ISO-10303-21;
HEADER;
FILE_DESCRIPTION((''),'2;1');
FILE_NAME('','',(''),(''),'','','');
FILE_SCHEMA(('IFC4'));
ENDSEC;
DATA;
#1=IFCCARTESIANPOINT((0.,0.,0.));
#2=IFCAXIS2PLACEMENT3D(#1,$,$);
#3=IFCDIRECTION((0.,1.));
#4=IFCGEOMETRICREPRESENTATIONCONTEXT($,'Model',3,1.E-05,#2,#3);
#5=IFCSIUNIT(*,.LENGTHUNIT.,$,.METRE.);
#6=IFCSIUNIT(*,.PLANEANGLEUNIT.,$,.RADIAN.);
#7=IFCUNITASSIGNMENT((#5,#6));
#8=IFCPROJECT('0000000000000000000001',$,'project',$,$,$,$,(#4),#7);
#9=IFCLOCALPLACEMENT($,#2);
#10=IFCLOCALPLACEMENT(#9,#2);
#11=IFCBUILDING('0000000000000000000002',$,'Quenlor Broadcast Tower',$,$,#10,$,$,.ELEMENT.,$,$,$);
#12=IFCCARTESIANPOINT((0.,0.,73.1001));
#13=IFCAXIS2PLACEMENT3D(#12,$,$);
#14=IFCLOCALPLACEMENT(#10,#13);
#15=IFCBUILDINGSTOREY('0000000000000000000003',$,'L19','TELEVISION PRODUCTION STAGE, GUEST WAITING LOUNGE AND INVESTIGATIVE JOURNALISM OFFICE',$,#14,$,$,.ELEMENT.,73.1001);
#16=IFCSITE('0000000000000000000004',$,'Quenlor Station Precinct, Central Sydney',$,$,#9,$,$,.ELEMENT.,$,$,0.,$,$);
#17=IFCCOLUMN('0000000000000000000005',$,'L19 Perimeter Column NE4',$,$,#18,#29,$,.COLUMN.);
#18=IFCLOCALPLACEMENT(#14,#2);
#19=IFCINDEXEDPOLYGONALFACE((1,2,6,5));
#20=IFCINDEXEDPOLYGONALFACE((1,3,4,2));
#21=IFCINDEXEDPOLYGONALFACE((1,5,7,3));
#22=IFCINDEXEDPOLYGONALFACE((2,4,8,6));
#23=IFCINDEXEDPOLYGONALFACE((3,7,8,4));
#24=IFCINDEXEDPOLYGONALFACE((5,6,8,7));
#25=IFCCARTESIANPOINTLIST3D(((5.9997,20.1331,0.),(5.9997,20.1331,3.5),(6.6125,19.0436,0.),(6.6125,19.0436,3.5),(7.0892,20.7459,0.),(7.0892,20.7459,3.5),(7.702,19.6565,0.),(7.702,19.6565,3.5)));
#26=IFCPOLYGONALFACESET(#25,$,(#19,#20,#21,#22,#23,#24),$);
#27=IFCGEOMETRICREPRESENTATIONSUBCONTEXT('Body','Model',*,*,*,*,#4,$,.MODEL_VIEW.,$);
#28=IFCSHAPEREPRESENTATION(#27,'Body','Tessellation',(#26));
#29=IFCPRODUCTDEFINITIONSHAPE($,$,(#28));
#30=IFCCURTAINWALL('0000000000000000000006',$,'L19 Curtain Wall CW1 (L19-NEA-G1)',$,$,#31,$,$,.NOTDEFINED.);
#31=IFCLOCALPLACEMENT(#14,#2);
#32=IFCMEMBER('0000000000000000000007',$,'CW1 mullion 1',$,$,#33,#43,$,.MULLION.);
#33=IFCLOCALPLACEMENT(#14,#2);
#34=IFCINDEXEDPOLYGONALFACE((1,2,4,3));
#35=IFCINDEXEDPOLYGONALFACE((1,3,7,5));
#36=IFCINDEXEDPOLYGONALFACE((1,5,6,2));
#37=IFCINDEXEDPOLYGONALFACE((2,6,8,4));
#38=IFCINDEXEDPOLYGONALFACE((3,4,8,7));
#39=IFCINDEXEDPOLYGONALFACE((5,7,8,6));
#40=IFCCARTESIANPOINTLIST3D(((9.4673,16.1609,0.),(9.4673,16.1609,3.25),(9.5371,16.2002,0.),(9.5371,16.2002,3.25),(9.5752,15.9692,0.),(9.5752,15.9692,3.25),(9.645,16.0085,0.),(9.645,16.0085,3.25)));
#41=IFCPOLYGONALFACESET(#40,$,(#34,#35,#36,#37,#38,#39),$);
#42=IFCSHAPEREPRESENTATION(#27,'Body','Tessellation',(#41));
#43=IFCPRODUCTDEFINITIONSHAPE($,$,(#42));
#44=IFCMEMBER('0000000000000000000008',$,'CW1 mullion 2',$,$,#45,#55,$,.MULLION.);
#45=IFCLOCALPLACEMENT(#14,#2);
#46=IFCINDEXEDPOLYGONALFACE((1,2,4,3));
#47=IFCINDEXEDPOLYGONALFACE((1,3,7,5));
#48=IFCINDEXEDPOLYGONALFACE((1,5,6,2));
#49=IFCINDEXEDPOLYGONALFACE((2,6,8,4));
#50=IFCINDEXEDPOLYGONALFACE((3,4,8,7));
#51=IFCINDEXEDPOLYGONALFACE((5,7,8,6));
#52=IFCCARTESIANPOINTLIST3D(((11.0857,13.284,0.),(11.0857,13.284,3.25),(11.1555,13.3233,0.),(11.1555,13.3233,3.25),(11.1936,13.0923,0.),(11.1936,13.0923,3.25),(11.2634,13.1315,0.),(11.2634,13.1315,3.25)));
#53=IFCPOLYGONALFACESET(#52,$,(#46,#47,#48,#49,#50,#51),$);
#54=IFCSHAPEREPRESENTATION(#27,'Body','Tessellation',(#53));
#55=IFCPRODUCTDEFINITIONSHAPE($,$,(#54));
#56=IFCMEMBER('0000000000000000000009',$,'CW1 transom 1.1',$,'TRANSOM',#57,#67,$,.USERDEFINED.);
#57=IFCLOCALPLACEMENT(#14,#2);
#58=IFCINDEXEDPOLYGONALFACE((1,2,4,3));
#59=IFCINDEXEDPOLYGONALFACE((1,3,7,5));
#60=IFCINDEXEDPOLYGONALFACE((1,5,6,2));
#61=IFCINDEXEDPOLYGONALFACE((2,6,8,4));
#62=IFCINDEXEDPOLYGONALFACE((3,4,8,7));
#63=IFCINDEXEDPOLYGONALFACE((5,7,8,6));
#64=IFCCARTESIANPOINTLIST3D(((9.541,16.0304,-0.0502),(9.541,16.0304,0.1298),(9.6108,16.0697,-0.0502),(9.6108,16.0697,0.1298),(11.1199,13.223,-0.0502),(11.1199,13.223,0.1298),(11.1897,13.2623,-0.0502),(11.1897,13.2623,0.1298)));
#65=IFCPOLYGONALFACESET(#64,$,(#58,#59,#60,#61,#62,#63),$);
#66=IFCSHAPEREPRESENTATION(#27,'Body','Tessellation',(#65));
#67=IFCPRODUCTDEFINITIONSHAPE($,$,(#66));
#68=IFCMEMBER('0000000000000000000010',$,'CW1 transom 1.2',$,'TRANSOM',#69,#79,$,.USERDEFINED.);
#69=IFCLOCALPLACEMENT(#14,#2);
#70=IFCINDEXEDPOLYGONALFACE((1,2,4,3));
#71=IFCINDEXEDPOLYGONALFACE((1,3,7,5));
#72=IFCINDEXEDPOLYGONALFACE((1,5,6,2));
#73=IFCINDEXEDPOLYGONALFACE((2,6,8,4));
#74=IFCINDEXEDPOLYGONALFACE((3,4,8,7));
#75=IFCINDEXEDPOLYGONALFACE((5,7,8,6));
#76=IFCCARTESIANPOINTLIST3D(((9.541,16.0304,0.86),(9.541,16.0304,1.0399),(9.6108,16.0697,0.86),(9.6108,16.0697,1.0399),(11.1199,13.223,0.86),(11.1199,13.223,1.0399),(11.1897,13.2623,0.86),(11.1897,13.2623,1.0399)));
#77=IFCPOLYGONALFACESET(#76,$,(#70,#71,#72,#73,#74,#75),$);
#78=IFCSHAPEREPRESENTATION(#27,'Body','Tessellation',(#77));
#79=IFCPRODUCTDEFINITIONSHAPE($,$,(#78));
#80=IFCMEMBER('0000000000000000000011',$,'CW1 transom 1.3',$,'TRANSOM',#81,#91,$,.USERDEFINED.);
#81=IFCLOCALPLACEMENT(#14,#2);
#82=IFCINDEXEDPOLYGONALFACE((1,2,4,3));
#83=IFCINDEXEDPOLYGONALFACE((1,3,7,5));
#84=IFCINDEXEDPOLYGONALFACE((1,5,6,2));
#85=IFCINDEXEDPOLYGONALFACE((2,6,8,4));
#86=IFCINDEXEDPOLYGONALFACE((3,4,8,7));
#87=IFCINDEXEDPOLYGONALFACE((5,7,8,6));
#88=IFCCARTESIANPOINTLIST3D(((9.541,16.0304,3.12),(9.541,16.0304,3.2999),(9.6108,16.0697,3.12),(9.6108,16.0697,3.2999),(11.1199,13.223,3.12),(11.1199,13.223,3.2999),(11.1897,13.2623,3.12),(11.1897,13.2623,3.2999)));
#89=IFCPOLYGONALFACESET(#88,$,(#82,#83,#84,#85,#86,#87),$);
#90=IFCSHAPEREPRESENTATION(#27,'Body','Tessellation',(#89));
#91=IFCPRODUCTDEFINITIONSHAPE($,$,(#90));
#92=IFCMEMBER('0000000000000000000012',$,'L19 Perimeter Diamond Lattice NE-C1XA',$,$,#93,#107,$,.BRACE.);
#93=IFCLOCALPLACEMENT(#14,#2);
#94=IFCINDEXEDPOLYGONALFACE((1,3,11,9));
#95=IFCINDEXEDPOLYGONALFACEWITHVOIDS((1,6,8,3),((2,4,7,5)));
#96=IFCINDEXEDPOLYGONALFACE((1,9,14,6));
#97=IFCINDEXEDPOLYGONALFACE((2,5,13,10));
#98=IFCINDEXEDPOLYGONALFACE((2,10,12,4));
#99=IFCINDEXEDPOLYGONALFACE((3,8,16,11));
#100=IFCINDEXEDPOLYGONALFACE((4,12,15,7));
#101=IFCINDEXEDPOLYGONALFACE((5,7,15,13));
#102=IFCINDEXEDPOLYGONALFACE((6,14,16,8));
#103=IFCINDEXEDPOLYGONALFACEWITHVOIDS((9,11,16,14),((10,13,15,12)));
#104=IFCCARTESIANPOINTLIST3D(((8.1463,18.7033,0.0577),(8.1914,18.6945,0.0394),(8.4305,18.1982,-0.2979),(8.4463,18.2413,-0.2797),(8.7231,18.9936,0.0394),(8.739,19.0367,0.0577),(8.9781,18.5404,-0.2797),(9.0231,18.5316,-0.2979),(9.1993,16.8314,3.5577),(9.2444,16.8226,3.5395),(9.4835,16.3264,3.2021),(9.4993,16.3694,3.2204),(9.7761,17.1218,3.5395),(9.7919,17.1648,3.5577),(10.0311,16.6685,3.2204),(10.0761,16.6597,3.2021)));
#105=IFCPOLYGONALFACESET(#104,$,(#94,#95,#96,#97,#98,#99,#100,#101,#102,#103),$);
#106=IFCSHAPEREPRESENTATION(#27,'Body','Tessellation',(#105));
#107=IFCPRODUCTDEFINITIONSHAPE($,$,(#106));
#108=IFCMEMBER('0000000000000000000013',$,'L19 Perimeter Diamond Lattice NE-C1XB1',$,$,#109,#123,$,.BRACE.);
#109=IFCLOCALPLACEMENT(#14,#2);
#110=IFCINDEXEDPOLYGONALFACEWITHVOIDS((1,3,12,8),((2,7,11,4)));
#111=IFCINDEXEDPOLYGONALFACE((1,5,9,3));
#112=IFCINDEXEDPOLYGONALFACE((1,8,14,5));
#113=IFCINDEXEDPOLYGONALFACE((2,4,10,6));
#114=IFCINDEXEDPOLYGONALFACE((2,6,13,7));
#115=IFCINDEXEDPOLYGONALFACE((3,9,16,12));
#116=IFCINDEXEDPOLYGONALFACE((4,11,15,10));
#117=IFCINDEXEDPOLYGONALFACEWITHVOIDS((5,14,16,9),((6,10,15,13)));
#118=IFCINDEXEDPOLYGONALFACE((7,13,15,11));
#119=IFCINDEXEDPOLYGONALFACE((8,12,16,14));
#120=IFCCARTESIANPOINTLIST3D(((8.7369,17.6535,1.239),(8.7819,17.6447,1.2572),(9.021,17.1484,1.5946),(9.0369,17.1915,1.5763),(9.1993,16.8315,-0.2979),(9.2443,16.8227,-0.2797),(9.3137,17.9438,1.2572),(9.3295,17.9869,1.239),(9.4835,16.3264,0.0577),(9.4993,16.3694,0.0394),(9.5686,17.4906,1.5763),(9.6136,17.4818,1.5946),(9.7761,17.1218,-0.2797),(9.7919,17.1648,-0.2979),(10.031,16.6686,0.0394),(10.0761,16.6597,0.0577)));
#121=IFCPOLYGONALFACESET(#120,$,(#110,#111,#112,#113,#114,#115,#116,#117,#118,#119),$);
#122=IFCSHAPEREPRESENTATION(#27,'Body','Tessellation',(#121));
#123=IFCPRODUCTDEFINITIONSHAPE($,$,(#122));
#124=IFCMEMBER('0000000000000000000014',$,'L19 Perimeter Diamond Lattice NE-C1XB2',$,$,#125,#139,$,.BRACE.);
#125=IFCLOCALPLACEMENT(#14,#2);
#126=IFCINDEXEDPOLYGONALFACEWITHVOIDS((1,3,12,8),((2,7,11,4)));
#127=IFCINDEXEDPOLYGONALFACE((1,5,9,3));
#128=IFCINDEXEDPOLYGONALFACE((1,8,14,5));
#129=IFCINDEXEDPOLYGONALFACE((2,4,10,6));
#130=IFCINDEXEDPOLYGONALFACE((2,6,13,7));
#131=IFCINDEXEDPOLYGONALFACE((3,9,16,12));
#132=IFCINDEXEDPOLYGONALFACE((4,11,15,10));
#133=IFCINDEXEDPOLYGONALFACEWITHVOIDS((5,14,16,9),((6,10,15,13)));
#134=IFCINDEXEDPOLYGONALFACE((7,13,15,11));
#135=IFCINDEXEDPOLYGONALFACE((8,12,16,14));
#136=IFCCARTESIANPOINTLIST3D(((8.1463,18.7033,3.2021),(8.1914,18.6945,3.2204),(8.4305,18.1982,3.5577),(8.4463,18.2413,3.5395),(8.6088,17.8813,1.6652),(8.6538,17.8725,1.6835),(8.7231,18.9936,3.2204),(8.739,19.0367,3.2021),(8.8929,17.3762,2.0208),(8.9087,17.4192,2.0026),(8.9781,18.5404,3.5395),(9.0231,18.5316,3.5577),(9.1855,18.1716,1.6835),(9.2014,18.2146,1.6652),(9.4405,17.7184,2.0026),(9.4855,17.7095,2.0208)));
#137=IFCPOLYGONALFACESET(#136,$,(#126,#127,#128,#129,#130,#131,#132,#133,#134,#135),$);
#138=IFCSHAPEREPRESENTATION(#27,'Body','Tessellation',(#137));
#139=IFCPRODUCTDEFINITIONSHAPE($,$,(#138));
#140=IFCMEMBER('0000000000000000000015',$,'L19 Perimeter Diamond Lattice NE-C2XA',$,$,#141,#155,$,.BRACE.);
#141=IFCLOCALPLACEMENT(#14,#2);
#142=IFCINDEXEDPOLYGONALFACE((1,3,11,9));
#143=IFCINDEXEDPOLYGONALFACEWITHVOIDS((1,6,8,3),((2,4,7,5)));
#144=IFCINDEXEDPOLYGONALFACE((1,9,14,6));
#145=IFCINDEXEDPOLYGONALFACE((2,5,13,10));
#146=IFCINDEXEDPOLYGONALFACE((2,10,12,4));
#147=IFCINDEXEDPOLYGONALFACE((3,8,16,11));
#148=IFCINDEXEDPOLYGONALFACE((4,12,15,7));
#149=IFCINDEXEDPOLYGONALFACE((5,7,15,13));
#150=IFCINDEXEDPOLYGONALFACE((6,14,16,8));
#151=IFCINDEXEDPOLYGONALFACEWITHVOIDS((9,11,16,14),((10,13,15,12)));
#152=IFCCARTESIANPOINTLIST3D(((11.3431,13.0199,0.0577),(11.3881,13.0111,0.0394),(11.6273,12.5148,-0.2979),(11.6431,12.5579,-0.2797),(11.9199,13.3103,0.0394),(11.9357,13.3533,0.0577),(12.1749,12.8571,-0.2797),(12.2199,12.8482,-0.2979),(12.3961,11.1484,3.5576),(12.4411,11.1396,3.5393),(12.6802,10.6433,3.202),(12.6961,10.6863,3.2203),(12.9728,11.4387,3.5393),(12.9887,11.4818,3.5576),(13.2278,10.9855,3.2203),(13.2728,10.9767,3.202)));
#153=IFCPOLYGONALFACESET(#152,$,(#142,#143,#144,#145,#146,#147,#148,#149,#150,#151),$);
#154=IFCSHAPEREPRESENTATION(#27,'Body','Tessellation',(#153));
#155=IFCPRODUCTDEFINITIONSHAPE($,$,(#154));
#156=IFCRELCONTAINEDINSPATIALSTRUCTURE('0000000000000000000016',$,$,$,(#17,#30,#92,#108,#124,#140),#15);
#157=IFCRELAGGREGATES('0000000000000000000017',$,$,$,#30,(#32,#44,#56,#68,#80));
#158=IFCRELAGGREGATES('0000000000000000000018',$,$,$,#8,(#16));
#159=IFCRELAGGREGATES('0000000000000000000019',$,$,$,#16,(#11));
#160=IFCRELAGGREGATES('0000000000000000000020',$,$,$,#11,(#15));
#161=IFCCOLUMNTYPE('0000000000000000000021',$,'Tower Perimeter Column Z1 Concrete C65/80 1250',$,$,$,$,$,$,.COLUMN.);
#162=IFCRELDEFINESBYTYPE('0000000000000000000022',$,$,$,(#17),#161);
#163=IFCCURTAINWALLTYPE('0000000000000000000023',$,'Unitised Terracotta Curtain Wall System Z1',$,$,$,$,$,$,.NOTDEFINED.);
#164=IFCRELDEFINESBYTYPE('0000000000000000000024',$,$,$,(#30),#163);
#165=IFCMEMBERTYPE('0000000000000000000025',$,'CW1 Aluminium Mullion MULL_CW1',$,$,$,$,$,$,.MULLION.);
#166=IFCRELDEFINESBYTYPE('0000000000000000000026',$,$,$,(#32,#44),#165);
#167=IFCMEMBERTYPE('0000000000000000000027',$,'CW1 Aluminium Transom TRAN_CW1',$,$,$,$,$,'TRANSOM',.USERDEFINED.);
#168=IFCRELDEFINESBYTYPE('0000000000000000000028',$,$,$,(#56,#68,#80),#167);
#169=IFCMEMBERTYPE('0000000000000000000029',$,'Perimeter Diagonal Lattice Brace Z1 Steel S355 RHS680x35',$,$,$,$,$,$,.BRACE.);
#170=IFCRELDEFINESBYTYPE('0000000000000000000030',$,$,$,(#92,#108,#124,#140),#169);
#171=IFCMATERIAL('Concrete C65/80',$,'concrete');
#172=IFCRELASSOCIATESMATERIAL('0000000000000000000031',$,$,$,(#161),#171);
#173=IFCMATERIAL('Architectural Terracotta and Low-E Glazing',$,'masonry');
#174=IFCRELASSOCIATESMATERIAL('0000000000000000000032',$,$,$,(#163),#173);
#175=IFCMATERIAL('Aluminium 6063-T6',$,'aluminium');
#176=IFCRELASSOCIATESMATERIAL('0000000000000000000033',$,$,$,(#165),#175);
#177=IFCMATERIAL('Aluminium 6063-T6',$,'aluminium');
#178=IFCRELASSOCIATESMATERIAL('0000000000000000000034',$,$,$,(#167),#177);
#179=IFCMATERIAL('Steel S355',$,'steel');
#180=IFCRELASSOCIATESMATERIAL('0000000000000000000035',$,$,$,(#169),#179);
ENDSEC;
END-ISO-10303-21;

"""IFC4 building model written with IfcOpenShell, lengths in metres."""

from ifc_helpers import new_model, si_unit, direction, frame, origin, origin_2d, place, context, subcontext, project, spatial, rectangle, hollow_rectangle, extrude, material, material_profile, profile_set, type_object, element, aggregate, save


model = new_model("IFC4")

# Units and contexts
model_context = context("Model", 3, precision=1e-05, world=origin(), true_north=direction((0.0, 1.0)))
body_context = subcontext(model_context, "Body", "Model", "MODEL_VIEW")
ifc_project = project(units=[si_unit("LENGTHUNIT", "METRE"), si_unit("PLANEANGLEUNIT", "RADIAN")], contexts=[model_context])

# Site, building, storey
site_placement = place(None, origin())
site = spatial("IfcSite", under=ifc_project, at=site_placement, Name="Quenlor Station Precinct, Central Sydney", CompositionType="ELEMENT", RefElevation=0.0)
building_placement = place(site_placement, origin())
building = spatial("IfcBuilding", under=site, at=building_placement, Name="Quenlor Broadcast Tower", CompositionType="ELEMENT")
storey_placement = place(building_placement, frame((0.0, 0.0, 73.1001)))
storey = spatial("IfcBuildingStorey", under=building, at=storey_placement, Name="L19", Description="TELEVISION PRODUCTION STAGE, GUEST WAITING LOUNGE AND INVESTIGATIVE JOURNALISM OFFICE", CompositionType="ELEMENT", Elevation=73.1001)

# Column
ifc_material_1 = material(Name="Concrete C65/80", Category="concrete")
ifc_material_profile_1 = material_profile(ifc_material_1, rectangle(XDim=1.25, YDim=1.25, at=origin_2d()))
ifc_profile_set_1 = profile_set([ifc_material_profile_1], Name="Concrete C65/80 RC1250x1250")
column_type = type_object("IfcColumnType", Name="Tower Perimeter Column Z1 Concrete C65/80 1250", PredefinedType="COLUMN", material=ifc_profile_set_1)
column_placement = place(storey_placement, frame((6.8508, 19.8948, 0.0), z_axis=(0.0, 0.0, 1.0), x_axis=(0.871575, 0.490262, 0.0)))
element("IfcColumn", 1, at=column_placement, inside=storey, type_object=column_type, Name="L19 Perimeter Column NE4", PredefinedType="COLUMN", context=body_context, shape_type="SweptSolid", body=[
    extrude(rectangle(XDim=1.25, YDim=1.25, at=origin_2d()), origin(), (0.0, 0.0, 1.0), 3.5),
])

# Curtain wall, members
ifc_material_2 = material(Name="Architectural Terracotta and Low-E Glazing", Category="masonry")
curtain_wall_type = type_object("IfcCurtainWallType", Name="Unitised Terracotta Curtain Wall System Z1", PredefinedType="NOTDEFINED", material=ifc_material_2)
curtain_wall_placement = place(storey_placement, origin())
curtain_wall = element("IfcCurtainWall", 2, at=curtain_wall_placement, inside=storey, type_object=curtain_wall_type, Name="L19 Curtain Wall CW1 (L19-NEA-G1)", PredefinedType="NOTDEFINED")
ifc_material_3 = material(Name="Aluminium 6063-T6", Category="aluminium")
ifc_material_profile_2 = material_profile(ifc_material_3, rectangle(XDim=0.0801, YDim=0.22, at=origin_2d()))
ifc_profile_set_2 = profile_set([ifc_material_profile_2], Name="Aluminium 6063-T6 MULL80x220")
member_type_1 = type_object("IfcMemberType", Name="CW1 Aluminium Mullion MULL_CW1", PredefinedType="MULLION", material=ifc_profile_set_2)
member_1_placement = place(storey_placement, frame((9.5562, 16.0847, 0.0), z_axis=(0.0, 0.0, 1.0), x_axis=(0.871585, 0.490244, 0.0)))
member_1 = element("IfcMember", 3, at=member_1_placement, type_object=member_type_1, Name="CW1 mullion 1", PredefinedType="MULLION", context=body_context, shape_type="SweptSolid", body=[
    extrude(rectangle(XDim=0.0801, YDim=0.22, at=origin_2d()), origin(), (0.0, 0.0, 1.0), 3.25),
])
member_2_placement = place(storey_placement, frame((11.1746, 13.2078, 0.0), z_axis=(0.0, 0.0, 1.0), x_axis=(0.871585, 0.490244, 0.0)))
member_2 = element("IfcMember", 4, at=member_2_placement, type_object=member_type_1, Name="CW1 mullion 2", PredefinedType="MULLION", context=body_context, shape_type="SweptSolid", body=[
    extrude(rectangle(XDim=0.0801, YDim=0.22, at=origin_2d()), origin(), (0.0, 0.0, 1.0), 3.25),
])
ifc_material_4 = material(Name="Aluminium 6063-T6", Category="aluminium")
ifc_material_profile_3 = material_profile(ifc_material_4, rectangle(XDim=0.0801, YDim=0.1799, at=origin_2d()))
ifc_profile_set_3 = profile_set([ifc_material_profile_3], Name="Aluminium 6063-T6 TRAN80x180")
member_type_2 = type_object("IfcMemberType", Name="CW1 Aluminium Transom TRAN_CW1", ElementType="TRANSOM", PredefinedType="USERDEFINED", material=ifc_profile_set_3)
member_3_placement = place(storey_placement, frame((9.5759, 16.05, 0.0398), z_axis=(0.490193, -0.871614, 0.0), x_axis=(0.871614, 0.490193, 0.0)))
member_3 = element("IfcMember", 5, at=member_3_placement, type_object=member_type_2, Name="CW1 transom 1.1", ObjectType="TRANSOM", PredefinedType="USERDEFINED", context=body_context, shape_type="SweptSolid", body=[
    extrude(rectangle(XDim=0.0801, YDim=0.1799, at=origin_2d()), origin(), (0.0, 0.0, 1.0), 3.2209),
])
member_4_placement = place(storey_placement, frame((9.5759, 16.05, 0.95), z_axis=(0.490193, -0.871614, 0.0), x_axis=(0.871614, 0.490193, 0.0)))
member_4 = element("IfcMember", 6, at=member_4_placement, type_object=member_type_2, Name="CW1 transom 1.2", ObjectType="TRANSOM", PredefinedType="USERDEFINED", context=body_context, shape_type="SweptSolid", body=[
    extrude(rectangle(XDim=0.0801, YDim=0.1799, at=origin_2d()), origin(), (0.0, 0.0, 1.0), 3.2209),
])
member_5_placement = place(storey_placement, frame((9.5759, 16.05, 3.21), z_axis=(0.490193, -0.871614, 0.0), x_axis=(0.871614, 0.490193, 0.0)))
member_5 = element("IfcMember", 7, at=member_5_placement, type_object=member_type_2, Name="CW1 transom 1.3", ObjectType="TRANSOM", PredefinedType="USERDEFINED", context=body_context, shape_type="SweptSolid", body=[
    extrude(rectangle(XDim=0.0801, YDim=0.1799, at=origin_2d()), origin(), (0.0, 0.0, 1.0), 3.2209),
])

# Members
ifc_material_5 = material(Name="Steel S355", Category="steel")
ifc_material_profile_4 = material_profile(ifc_material_5, hollow_rectangle(XDim=0.6799, YDim=0.6799, WallThickness=0.0349, at=origin_2d()))
ifc_profile_set_4 = profile_set([ifc_material_profile_4], Name="Steel S355 RHS680x680x35")
member_type_3 = type_object("IfcMemberType", Name="Perimeter Diagonal Lattice Brace Z1 Steel S355 RHS680x35", PredefinedType="BRACE", material=ifc_profile_set_4)
member_6_placement = place(storey_placement, frame((8.5847, 18.6174, -0.1201), z_axis=(0.256424, -0.455832, 0.852329), x_axis=(0.87156, 0.490288, 0.0)))
element("IfcMember", 8, at=member_6_placement, inside=storey, type_object=member_type_3, Name="L19 Perimeter Diamond Lattice NE-C1XA", PredefinedType="BRACE", context=body_context, shape_type="SweptSolid", body=[
    extrude(hollow_rectangle(XDim=0.6799, YDim=0.6799, WallThickness=0.0349, at=origin_2d()), origin(), (0.0, 0.0, 1.0), 4.1064),
])
for number, where, z_axis, x_axis, name in (
    (9, (9.6377, 16.7456, -0.1201), (-0.256436, 0.455871, 0.852304), (-0.871569, -0.490274, 0.0), "L19 Perimeter Diamond Lattice NE-C1XB1"),
    (10, (9.0471, 17.7954, 1.843), (-0.256436, 0.455871, 0.852304), (-0.871569, -0.490274, 0.0), "L19 Perimeter Diamond Lattice NE-C1XB2"),
):
    element("IfcMember", number, at=place(storey_placement, frame(where, z_axis=z_axis, x_axis=x_axis)), inside=storey, type_object=member_type_3, Name=name, PredefinedType="BRACE", context=body_context, shape_type="SweptSolid", body=[
        extrude(hollow_rectangle(XDim=0.6799, YDim=0.6799, WallThickness=0.0349, at=origin_2d()), origin(), (0.0, 0.0, 1.0), 1.8032),
    ])
member_7_placement = place(storey_placement, frame((11.7815, 12.9341, -0.1201), z_axis=(0.256431, -0.455785, 0.852352), x_axis=(0.871533, 0.490337, 0.0)))
element("IfcMember", 11, at=member_7_placement, inside=storey, type_object=member_type_3, Name="L19 Perimeter Diamond Lattice NE-C2XA", PredefinedType="BRACE", context=body_context, shape_type="SweptSolid", body=[
    extrude(hollow_rectangle(XDim=0.6799, YDim=0.6799, WallThickness=0.0349, at=origin_2d()), origin(), (0.0, 0.0, 1.0), 4.1062),
])

aggregate(curtain_wall, [member_1, member_2, member_3, member_4, member_5])

save(model, "model.ifc")
